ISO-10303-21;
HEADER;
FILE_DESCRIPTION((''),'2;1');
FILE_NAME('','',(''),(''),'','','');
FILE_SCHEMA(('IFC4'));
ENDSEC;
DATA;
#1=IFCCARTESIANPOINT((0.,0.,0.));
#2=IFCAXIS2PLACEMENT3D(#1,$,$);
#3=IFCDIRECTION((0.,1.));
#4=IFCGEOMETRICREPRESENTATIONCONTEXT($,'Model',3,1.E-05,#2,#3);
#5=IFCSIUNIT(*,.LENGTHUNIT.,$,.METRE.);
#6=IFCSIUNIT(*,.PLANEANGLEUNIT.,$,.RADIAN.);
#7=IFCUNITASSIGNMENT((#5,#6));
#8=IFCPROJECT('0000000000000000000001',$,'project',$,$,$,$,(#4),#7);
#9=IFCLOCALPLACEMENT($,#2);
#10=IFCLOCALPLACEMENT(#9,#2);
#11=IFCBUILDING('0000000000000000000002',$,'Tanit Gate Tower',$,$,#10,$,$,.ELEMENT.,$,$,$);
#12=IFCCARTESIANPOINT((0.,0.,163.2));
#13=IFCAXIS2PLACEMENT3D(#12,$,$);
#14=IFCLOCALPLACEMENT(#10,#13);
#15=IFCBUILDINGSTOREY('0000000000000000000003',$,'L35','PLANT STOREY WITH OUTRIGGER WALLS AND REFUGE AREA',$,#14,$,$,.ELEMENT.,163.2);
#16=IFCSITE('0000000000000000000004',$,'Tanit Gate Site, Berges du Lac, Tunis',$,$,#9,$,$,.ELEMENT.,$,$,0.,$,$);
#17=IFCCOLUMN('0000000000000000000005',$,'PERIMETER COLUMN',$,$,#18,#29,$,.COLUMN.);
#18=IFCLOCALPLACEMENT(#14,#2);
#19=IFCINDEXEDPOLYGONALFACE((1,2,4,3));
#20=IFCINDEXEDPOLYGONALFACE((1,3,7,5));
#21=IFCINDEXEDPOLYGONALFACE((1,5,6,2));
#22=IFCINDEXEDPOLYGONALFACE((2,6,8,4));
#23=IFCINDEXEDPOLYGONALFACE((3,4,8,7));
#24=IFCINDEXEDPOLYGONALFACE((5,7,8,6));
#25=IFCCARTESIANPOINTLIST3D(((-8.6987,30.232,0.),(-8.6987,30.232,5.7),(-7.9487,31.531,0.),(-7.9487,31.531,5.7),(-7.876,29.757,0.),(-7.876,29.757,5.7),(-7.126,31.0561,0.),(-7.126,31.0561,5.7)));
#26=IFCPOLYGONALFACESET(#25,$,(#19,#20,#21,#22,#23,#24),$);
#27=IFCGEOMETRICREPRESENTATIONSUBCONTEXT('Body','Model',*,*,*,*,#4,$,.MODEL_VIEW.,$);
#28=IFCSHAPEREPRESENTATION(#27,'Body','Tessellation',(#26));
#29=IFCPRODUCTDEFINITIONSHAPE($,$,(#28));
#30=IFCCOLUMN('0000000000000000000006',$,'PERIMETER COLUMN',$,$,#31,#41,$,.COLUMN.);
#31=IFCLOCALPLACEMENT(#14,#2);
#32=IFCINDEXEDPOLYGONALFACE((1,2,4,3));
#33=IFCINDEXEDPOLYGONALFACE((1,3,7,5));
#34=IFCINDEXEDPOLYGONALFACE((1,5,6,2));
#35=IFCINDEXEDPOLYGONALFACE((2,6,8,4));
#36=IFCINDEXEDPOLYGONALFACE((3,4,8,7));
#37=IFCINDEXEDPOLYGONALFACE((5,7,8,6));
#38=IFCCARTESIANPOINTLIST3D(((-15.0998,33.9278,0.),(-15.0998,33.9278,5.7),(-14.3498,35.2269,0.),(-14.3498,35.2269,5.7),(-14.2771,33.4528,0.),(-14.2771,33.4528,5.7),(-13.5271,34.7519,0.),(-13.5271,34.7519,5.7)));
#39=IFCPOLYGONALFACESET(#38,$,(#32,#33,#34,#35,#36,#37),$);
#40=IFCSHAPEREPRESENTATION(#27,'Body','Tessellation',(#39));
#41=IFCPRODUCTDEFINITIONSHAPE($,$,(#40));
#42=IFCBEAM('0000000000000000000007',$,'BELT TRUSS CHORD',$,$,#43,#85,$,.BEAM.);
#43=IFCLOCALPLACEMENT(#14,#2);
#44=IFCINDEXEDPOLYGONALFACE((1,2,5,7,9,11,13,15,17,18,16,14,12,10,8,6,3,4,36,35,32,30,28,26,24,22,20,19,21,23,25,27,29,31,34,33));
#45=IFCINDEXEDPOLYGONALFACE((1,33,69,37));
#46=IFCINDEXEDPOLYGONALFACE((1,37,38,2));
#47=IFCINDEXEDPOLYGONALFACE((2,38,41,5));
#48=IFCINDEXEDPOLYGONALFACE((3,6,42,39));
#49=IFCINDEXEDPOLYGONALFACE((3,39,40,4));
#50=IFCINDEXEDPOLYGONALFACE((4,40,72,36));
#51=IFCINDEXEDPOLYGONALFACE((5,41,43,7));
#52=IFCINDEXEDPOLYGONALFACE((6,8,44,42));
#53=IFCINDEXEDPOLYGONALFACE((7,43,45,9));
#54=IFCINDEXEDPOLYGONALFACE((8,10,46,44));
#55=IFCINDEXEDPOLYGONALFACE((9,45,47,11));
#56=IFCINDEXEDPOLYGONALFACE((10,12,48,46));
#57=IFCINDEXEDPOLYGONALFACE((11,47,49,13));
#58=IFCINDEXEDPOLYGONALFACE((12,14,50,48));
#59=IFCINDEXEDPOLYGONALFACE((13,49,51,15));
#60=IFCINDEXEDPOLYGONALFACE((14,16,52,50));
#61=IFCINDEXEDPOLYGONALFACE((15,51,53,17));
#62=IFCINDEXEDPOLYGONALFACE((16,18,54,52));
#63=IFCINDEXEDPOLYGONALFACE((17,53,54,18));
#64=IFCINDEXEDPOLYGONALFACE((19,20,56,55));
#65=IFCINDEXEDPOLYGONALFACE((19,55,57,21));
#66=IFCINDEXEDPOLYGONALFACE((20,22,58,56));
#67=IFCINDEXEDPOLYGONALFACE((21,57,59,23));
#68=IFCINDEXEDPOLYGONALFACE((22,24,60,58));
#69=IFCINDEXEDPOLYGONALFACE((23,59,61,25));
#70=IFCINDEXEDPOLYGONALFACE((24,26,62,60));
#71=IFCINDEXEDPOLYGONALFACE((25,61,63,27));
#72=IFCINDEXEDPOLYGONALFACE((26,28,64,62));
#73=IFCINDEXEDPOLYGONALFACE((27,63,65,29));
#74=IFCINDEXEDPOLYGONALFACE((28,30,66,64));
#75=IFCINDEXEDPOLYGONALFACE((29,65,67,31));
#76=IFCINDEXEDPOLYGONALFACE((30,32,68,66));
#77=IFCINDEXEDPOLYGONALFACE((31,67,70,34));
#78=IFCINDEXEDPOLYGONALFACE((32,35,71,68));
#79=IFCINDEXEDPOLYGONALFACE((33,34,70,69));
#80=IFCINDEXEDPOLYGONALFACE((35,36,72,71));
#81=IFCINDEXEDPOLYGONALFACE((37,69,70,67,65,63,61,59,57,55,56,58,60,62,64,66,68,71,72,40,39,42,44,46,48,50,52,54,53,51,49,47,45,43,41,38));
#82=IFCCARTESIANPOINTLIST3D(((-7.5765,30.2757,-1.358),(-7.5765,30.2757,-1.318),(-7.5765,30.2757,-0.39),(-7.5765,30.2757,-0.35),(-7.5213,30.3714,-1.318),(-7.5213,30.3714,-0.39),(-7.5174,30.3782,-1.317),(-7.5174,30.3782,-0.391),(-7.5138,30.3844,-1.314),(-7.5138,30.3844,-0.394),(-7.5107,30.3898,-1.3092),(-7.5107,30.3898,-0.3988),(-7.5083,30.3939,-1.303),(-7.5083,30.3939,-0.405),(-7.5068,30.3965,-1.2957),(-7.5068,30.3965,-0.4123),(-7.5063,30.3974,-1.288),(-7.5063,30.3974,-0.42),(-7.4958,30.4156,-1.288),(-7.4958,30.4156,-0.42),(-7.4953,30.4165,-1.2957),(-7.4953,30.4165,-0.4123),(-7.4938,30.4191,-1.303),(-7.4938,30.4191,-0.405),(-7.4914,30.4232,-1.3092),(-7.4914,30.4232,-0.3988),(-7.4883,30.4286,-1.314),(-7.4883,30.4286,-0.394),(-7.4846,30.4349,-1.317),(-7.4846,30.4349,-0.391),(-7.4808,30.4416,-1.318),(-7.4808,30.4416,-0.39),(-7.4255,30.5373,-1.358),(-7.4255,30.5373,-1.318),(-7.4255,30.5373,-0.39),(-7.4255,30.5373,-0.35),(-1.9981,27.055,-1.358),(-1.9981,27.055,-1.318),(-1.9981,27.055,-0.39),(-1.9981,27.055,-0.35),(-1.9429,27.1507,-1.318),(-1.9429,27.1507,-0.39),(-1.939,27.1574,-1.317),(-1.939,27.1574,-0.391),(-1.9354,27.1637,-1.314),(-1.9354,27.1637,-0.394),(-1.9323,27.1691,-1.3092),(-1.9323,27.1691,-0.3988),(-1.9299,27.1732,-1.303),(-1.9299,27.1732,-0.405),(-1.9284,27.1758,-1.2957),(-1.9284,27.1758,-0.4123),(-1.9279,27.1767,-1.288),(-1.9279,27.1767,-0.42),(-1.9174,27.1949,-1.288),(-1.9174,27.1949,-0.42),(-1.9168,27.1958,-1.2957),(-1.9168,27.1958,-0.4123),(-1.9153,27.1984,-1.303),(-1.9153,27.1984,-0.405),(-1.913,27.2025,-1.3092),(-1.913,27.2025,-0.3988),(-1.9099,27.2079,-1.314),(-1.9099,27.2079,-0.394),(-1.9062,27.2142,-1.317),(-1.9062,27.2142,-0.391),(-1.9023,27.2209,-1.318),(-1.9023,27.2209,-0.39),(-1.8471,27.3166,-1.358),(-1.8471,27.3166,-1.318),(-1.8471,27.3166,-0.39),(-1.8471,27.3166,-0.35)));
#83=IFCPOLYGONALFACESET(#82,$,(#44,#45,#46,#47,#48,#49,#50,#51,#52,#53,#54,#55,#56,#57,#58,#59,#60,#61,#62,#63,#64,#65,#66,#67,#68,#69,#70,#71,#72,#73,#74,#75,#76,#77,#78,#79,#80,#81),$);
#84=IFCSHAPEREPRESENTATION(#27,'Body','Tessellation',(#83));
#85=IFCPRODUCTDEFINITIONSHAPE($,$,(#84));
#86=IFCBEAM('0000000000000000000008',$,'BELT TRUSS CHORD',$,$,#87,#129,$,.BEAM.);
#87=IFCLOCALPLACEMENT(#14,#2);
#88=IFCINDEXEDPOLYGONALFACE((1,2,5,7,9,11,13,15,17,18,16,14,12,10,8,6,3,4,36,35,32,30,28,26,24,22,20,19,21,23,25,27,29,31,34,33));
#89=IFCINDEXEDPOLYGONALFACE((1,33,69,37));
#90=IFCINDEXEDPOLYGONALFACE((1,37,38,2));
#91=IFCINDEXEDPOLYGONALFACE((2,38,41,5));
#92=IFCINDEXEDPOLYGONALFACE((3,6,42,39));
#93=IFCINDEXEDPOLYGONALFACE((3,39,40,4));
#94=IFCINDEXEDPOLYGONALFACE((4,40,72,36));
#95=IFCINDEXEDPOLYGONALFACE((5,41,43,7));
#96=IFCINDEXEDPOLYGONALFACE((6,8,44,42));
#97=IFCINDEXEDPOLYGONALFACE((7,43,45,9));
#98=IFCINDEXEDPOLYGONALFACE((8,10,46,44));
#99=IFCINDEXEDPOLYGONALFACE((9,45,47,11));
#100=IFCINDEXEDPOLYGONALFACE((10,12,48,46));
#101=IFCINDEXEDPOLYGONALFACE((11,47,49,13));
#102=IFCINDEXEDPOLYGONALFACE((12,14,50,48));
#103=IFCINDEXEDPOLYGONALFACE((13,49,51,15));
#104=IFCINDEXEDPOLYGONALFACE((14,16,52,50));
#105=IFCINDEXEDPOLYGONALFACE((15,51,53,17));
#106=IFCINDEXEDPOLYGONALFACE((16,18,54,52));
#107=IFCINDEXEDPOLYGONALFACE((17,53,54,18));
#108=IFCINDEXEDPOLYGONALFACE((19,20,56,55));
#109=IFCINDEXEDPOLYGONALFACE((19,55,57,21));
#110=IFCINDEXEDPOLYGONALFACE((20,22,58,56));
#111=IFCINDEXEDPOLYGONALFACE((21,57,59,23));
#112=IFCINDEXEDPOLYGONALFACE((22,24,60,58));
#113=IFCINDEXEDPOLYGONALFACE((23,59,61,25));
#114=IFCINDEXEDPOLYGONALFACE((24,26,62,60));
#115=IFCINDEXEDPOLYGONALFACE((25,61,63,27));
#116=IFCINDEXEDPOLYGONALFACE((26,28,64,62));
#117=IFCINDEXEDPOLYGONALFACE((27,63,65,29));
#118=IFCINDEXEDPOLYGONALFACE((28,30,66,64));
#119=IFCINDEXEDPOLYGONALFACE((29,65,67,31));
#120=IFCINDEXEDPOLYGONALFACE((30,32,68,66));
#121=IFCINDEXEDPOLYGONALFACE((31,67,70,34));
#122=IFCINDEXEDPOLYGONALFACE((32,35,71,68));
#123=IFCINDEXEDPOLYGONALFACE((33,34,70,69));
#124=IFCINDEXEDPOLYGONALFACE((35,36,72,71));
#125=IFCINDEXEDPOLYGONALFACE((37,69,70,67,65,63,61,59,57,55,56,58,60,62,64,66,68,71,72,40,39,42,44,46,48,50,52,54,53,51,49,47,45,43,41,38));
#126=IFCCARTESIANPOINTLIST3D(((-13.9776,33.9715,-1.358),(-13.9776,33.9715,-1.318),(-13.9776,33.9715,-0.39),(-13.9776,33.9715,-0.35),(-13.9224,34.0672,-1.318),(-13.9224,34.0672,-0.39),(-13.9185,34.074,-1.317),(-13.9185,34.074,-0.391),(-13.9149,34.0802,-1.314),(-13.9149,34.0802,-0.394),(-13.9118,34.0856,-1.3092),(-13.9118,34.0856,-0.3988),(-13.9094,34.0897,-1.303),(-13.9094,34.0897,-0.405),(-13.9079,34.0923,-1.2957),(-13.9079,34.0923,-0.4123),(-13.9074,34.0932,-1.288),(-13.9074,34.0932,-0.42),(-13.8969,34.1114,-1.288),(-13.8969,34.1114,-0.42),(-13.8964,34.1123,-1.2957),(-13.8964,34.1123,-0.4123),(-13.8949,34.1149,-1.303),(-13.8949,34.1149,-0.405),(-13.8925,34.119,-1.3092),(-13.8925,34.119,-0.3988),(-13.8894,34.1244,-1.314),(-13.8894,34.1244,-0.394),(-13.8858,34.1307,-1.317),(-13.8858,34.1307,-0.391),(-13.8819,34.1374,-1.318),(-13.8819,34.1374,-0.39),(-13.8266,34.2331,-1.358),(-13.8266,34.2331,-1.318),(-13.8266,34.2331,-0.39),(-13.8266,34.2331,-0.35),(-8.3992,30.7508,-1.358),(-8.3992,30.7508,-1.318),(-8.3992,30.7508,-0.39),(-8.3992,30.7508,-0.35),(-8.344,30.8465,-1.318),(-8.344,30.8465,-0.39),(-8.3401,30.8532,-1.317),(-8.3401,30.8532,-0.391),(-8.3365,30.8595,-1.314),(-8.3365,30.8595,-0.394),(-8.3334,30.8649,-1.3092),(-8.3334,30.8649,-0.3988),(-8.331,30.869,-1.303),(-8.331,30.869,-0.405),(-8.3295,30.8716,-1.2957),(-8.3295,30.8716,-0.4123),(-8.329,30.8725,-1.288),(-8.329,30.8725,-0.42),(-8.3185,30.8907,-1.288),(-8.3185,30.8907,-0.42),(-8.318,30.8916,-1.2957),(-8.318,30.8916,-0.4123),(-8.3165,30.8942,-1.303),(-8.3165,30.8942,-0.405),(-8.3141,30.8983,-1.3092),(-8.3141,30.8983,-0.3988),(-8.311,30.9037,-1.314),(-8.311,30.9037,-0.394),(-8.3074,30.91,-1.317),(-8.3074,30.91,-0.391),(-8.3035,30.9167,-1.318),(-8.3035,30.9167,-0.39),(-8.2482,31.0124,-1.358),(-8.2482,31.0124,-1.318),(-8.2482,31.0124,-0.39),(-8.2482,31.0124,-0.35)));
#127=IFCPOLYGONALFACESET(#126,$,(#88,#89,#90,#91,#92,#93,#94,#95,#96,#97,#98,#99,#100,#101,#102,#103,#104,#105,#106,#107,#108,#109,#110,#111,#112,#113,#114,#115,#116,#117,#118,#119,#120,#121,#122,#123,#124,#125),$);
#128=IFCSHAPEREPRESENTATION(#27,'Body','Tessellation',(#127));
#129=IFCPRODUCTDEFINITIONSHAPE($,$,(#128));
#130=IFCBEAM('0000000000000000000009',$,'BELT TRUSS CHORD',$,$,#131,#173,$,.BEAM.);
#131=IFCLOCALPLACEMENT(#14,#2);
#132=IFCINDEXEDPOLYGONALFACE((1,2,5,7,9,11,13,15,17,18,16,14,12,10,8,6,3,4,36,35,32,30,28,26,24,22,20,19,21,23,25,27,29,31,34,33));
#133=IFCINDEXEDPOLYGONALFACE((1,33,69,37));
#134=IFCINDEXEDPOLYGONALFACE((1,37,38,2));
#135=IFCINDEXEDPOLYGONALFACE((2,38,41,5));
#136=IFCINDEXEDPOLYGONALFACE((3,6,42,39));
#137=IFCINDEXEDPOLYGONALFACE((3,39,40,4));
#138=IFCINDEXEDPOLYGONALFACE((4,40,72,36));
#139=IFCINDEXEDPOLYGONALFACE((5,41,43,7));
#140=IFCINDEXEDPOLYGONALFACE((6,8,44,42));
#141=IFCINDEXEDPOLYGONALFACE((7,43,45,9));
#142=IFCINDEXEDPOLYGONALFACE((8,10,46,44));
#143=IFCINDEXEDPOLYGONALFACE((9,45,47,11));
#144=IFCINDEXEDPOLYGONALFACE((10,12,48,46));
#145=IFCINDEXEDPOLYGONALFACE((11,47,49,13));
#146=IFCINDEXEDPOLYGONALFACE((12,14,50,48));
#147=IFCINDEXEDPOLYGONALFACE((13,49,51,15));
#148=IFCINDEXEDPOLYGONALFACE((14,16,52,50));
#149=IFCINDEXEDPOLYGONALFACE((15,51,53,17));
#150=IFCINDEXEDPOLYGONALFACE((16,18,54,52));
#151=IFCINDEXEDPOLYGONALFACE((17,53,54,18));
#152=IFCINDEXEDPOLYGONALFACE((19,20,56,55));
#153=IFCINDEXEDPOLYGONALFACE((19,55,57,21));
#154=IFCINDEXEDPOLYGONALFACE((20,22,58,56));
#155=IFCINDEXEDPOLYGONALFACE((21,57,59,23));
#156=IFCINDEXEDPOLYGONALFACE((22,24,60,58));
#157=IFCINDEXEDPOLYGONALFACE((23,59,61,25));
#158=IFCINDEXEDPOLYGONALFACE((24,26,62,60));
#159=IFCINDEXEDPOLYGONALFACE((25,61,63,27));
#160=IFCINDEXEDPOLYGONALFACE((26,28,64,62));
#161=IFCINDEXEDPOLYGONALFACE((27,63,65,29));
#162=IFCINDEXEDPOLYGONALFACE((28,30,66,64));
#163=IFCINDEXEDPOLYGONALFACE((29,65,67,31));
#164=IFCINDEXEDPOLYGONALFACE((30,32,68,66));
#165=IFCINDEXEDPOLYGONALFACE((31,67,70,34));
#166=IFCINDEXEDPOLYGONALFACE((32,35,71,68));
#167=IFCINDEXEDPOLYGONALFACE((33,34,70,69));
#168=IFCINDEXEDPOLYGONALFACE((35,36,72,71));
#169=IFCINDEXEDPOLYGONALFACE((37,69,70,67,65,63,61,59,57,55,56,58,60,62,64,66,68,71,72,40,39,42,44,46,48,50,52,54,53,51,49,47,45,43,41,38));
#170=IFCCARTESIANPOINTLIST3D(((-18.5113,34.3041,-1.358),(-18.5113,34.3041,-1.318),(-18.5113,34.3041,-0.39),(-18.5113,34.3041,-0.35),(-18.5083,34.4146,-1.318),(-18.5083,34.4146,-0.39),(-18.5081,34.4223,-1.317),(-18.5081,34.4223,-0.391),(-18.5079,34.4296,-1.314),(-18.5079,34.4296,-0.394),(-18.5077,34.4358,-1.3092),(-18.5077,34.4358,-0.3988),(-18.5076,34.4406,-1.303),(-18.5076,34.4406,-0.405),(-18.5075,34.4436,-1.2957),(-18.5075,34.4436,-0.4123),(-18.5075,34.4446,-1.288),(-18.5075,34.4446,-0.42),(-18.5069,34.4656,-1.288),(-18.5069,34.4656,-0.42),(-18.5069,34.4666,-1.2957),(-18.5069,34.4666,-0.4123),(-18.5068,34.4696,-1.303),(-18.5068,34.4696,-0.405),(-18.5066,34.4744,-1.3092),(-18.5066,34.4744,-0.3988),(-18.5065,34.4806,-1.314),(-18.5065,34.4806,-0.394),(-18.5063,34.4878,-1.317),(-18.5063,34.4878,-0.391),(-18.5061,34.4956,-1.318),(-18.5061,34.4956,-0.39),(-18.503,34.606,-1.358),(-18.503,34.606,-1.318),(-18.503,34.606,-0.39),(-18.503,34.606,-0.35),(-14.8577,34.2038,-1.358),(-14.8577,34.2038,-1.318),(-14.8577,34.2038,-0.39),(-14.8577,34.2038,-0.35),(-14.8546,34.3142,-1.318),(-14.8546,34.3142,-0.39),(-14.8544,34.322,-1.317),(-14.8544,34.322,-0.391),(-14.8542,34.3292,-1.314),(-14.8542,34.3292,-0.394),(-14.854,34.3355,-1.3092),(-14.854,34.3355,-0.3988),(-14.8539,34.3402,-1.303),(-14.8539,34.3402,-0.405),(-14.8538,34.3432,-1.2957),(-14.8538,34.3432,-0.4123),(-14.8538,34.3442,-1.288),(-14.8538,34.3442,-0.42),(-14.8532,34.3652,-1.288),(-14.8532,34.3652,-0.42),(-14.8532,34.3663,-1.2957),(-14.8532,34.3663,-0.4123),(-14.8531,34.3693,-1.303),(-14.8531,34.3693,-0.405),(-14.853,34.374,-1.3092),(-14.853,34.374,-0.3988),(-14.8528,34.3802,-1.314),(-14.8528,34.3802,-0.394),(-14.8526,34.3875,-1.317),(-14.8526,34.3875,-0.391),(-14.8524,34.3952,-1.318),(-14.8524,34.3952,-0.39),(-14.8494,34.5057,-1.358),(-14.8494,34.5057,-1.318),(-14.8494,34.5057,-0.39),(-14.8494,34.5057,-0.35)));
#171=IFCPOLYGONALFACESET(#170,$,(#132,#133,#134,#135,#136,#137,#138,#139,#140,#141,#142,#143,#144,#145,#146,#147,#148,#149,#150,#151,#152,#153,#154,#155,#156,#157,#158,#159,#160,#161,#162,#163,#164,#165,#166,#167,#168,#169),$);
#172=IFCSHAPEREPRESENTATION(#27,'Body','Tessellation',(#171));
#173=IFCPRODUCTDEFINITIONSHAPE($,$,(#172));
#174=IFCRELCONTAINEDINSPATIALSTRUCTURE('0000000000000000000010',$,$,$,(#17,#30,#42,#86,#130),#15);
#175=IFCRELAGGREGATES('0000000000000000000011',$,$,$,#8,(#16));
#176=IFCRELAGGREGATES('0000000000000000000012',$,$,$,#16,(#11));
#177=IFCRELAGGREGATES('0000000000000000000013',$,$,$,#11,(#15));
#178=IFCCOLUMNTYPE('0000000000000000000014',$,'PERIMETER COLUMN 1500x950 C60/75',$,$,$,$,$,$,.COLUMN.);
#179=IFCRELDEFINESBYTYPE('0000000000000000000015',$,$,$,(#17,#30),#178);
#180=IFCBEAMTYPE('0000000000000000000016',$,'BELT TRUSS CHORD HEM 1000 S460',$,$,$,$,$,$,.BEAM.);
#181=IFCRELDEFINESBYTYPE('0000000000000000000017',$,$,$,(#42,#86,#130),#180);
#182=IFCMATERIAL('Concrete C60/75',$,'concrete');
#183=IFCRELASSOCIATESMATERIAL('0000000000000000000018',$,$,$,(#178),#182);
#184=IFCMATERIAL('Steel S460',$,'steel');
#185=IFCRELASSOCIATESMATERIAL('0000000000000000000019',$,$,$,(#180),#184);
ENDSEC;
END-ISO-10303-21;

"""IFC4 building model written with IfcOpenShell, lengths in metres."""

from ifc_helpers import new_model, si_unit, direction, frame, origin, origin_2d, place, context, subcontext, project, spatial, rectangle, i_section, extrude, material, material_profile, profile_set, type_object, element, save


model = new_model("IFC4")

# Units and contexts
model_context = context("Model", 3, precision=1e-05, world=origin(), true_north=direction((0.0, 1.0)))
body_context = subcontext(model_context, "Body", "Model", "MODEL_VIEW")
ifc_project = project(units=[si_unit("LENGTHUNIT", "METRE"), si_unit("PLANEANGLEUNIT", "RADIAN")], contexts=[model_context])

# Site, building, storey
site_placement = place(None, origin())
site = spatial("IfcSite", under=ifc_project, at=site_placement, Name="Tanit Gate Site, Berges du Lac, Tunis", CompositionType="ELEMENT", RefElevation=0.0)
building_placement = place(site_placement, origin())
building = spatial("IfcBuilding", under=site, at=building_placement, Name="Tanit Gate Tower", CompositionType="ELEMENT")
storey_placement = place(building_placement, frame((0.0, 0.0, 163.2)))
storey = spatial("IfcBuildingStorey", under=building, at=storey_placement, Name="L35", Description="PLANT STOREY WITH OUTRIGGER WALLS AND REFUGE AREA", CompositionType="ELEMENT", Elevation=163.2)

# Columns
ifc_material_1 = material(Name="Concrete C60/75", Category="concrete")
ifc_material_profile_1 = material_profile(ifc_material_1, rectangle(XDim=1.5, YDim=0.95, at=origin_2d()), Name="RC 1500x950")
ifc_profile_set_1 = profile_set([ifc_material_profile_1], Name="Concrete C60/75")
column_type = type_object("IfcColumnType", Name="PERIMETER COLUMN 1500x950 C60/75", PredefinedType="COLUMN", material=ifc_profile_set_1)
for number, where, z_axis, x_axis, name in (
    (1, (-7.9124, 30.644, 0.0), (0.0, 0.0, 1.0), (0.5, 0.866025, 0.0), "PERIMETER COLUMN"),
    (2, (-14.3135, 34.3398, 0.0), (0.0, 0.0, 1.0), (0.5, 0.866025, 0.0), "PERIMETER COLUMN"),
):
    element("IfcColumn", number, at=place(storey_placement, frame(where, z_axis=z_axis, x_axis=x_axis)), inside=storey, type_object=column_type, Name=name, PredefinedType="COLUMN", context=body_context, shape_type="SweptSolid", body=[
        extrude(rectangle(XDim=1.5, YDim=0.95, at=origin_2d()), origin(), (0.0, 0.0, 1.0), 5.7),
    ])

# Beams
ifc_material_2 = material(Name="Steel S460", Category="steel")
ifc_material_profile_2 = material_profile(ifc_material_2, i_section(OverallWidth=0.302, OverallDepth=1.0081, WebThickness=0.021, FlangeThickness=0.04, FilletRadius=0.03, at=origin_2d()), Name="HEM 1000")
ifc_profile_set_2 = profile_set([ifc_material_profile_2], Name="Steel S460")
beam_type_1 = type_object("IfcBeamType", Name="BELT TRUSS CHORD HEM 1000 S460", PredefinedType="BEAM", material=ifc_profile_set_2)
for number, where, z_axis, x_axis, name in (
    (3, (-1.9226, 27.1858, -0.854), (-0.866023, 0.500004, 0.0), (-0.500004, -0.866023, 0.0), "BELT TRUSS CHORD"),
    (4, (-8.3237, 30.8816, -0.854), (-0.866023, 0.500004, 0.0), (-0.500004, -0.866023, 0.0), "BELT TRUSS CHORD"),
):
    element("IfcBeam", number, at=place(storey_placement, frame(where, z_axis=z_axis, x_axis=x_axis)), inside=storey, type_object=beam_type_1, Name=name, PredefinedType="BEAM", context=body_context, shape_type="SweptSolid", body=[
        extrude(i_section(OverallWidth=0.302, OverallDepth=1.0081, WebThickness=0.021, FlangeThickness=0.04, FilletRadius=0.03, at=origin_2d()), origin(), (0.0, 0.0, 1.0), 6.4414),
    ])
beam_1_placement = place(storey_placement, frame((-14.8535, 34.3547, -0.854), z_axis=(-0.999623, 0.027454, 0.0), x_axis=(-0.027454, -0.999623, 0.0)))
element("IfcBeam", 5, at=beam_1_placement, inside=storey, type_object=beam_type_1, Name="BELT TRUSS CHORD", PredefinedType="BEAM", context=body_context, shape_type="SweptSolid", body=[
    extrude(i_section(OverallWidth=0.302, OverallDepth=1.0081, WebThickness=0.021, FlangeThickness=0.04, FilletRadius=0.03, at=origin_2d()), origin(), (0.0, 0.0, 1.0), 3.655),
])

save(model, "model.ifc")
